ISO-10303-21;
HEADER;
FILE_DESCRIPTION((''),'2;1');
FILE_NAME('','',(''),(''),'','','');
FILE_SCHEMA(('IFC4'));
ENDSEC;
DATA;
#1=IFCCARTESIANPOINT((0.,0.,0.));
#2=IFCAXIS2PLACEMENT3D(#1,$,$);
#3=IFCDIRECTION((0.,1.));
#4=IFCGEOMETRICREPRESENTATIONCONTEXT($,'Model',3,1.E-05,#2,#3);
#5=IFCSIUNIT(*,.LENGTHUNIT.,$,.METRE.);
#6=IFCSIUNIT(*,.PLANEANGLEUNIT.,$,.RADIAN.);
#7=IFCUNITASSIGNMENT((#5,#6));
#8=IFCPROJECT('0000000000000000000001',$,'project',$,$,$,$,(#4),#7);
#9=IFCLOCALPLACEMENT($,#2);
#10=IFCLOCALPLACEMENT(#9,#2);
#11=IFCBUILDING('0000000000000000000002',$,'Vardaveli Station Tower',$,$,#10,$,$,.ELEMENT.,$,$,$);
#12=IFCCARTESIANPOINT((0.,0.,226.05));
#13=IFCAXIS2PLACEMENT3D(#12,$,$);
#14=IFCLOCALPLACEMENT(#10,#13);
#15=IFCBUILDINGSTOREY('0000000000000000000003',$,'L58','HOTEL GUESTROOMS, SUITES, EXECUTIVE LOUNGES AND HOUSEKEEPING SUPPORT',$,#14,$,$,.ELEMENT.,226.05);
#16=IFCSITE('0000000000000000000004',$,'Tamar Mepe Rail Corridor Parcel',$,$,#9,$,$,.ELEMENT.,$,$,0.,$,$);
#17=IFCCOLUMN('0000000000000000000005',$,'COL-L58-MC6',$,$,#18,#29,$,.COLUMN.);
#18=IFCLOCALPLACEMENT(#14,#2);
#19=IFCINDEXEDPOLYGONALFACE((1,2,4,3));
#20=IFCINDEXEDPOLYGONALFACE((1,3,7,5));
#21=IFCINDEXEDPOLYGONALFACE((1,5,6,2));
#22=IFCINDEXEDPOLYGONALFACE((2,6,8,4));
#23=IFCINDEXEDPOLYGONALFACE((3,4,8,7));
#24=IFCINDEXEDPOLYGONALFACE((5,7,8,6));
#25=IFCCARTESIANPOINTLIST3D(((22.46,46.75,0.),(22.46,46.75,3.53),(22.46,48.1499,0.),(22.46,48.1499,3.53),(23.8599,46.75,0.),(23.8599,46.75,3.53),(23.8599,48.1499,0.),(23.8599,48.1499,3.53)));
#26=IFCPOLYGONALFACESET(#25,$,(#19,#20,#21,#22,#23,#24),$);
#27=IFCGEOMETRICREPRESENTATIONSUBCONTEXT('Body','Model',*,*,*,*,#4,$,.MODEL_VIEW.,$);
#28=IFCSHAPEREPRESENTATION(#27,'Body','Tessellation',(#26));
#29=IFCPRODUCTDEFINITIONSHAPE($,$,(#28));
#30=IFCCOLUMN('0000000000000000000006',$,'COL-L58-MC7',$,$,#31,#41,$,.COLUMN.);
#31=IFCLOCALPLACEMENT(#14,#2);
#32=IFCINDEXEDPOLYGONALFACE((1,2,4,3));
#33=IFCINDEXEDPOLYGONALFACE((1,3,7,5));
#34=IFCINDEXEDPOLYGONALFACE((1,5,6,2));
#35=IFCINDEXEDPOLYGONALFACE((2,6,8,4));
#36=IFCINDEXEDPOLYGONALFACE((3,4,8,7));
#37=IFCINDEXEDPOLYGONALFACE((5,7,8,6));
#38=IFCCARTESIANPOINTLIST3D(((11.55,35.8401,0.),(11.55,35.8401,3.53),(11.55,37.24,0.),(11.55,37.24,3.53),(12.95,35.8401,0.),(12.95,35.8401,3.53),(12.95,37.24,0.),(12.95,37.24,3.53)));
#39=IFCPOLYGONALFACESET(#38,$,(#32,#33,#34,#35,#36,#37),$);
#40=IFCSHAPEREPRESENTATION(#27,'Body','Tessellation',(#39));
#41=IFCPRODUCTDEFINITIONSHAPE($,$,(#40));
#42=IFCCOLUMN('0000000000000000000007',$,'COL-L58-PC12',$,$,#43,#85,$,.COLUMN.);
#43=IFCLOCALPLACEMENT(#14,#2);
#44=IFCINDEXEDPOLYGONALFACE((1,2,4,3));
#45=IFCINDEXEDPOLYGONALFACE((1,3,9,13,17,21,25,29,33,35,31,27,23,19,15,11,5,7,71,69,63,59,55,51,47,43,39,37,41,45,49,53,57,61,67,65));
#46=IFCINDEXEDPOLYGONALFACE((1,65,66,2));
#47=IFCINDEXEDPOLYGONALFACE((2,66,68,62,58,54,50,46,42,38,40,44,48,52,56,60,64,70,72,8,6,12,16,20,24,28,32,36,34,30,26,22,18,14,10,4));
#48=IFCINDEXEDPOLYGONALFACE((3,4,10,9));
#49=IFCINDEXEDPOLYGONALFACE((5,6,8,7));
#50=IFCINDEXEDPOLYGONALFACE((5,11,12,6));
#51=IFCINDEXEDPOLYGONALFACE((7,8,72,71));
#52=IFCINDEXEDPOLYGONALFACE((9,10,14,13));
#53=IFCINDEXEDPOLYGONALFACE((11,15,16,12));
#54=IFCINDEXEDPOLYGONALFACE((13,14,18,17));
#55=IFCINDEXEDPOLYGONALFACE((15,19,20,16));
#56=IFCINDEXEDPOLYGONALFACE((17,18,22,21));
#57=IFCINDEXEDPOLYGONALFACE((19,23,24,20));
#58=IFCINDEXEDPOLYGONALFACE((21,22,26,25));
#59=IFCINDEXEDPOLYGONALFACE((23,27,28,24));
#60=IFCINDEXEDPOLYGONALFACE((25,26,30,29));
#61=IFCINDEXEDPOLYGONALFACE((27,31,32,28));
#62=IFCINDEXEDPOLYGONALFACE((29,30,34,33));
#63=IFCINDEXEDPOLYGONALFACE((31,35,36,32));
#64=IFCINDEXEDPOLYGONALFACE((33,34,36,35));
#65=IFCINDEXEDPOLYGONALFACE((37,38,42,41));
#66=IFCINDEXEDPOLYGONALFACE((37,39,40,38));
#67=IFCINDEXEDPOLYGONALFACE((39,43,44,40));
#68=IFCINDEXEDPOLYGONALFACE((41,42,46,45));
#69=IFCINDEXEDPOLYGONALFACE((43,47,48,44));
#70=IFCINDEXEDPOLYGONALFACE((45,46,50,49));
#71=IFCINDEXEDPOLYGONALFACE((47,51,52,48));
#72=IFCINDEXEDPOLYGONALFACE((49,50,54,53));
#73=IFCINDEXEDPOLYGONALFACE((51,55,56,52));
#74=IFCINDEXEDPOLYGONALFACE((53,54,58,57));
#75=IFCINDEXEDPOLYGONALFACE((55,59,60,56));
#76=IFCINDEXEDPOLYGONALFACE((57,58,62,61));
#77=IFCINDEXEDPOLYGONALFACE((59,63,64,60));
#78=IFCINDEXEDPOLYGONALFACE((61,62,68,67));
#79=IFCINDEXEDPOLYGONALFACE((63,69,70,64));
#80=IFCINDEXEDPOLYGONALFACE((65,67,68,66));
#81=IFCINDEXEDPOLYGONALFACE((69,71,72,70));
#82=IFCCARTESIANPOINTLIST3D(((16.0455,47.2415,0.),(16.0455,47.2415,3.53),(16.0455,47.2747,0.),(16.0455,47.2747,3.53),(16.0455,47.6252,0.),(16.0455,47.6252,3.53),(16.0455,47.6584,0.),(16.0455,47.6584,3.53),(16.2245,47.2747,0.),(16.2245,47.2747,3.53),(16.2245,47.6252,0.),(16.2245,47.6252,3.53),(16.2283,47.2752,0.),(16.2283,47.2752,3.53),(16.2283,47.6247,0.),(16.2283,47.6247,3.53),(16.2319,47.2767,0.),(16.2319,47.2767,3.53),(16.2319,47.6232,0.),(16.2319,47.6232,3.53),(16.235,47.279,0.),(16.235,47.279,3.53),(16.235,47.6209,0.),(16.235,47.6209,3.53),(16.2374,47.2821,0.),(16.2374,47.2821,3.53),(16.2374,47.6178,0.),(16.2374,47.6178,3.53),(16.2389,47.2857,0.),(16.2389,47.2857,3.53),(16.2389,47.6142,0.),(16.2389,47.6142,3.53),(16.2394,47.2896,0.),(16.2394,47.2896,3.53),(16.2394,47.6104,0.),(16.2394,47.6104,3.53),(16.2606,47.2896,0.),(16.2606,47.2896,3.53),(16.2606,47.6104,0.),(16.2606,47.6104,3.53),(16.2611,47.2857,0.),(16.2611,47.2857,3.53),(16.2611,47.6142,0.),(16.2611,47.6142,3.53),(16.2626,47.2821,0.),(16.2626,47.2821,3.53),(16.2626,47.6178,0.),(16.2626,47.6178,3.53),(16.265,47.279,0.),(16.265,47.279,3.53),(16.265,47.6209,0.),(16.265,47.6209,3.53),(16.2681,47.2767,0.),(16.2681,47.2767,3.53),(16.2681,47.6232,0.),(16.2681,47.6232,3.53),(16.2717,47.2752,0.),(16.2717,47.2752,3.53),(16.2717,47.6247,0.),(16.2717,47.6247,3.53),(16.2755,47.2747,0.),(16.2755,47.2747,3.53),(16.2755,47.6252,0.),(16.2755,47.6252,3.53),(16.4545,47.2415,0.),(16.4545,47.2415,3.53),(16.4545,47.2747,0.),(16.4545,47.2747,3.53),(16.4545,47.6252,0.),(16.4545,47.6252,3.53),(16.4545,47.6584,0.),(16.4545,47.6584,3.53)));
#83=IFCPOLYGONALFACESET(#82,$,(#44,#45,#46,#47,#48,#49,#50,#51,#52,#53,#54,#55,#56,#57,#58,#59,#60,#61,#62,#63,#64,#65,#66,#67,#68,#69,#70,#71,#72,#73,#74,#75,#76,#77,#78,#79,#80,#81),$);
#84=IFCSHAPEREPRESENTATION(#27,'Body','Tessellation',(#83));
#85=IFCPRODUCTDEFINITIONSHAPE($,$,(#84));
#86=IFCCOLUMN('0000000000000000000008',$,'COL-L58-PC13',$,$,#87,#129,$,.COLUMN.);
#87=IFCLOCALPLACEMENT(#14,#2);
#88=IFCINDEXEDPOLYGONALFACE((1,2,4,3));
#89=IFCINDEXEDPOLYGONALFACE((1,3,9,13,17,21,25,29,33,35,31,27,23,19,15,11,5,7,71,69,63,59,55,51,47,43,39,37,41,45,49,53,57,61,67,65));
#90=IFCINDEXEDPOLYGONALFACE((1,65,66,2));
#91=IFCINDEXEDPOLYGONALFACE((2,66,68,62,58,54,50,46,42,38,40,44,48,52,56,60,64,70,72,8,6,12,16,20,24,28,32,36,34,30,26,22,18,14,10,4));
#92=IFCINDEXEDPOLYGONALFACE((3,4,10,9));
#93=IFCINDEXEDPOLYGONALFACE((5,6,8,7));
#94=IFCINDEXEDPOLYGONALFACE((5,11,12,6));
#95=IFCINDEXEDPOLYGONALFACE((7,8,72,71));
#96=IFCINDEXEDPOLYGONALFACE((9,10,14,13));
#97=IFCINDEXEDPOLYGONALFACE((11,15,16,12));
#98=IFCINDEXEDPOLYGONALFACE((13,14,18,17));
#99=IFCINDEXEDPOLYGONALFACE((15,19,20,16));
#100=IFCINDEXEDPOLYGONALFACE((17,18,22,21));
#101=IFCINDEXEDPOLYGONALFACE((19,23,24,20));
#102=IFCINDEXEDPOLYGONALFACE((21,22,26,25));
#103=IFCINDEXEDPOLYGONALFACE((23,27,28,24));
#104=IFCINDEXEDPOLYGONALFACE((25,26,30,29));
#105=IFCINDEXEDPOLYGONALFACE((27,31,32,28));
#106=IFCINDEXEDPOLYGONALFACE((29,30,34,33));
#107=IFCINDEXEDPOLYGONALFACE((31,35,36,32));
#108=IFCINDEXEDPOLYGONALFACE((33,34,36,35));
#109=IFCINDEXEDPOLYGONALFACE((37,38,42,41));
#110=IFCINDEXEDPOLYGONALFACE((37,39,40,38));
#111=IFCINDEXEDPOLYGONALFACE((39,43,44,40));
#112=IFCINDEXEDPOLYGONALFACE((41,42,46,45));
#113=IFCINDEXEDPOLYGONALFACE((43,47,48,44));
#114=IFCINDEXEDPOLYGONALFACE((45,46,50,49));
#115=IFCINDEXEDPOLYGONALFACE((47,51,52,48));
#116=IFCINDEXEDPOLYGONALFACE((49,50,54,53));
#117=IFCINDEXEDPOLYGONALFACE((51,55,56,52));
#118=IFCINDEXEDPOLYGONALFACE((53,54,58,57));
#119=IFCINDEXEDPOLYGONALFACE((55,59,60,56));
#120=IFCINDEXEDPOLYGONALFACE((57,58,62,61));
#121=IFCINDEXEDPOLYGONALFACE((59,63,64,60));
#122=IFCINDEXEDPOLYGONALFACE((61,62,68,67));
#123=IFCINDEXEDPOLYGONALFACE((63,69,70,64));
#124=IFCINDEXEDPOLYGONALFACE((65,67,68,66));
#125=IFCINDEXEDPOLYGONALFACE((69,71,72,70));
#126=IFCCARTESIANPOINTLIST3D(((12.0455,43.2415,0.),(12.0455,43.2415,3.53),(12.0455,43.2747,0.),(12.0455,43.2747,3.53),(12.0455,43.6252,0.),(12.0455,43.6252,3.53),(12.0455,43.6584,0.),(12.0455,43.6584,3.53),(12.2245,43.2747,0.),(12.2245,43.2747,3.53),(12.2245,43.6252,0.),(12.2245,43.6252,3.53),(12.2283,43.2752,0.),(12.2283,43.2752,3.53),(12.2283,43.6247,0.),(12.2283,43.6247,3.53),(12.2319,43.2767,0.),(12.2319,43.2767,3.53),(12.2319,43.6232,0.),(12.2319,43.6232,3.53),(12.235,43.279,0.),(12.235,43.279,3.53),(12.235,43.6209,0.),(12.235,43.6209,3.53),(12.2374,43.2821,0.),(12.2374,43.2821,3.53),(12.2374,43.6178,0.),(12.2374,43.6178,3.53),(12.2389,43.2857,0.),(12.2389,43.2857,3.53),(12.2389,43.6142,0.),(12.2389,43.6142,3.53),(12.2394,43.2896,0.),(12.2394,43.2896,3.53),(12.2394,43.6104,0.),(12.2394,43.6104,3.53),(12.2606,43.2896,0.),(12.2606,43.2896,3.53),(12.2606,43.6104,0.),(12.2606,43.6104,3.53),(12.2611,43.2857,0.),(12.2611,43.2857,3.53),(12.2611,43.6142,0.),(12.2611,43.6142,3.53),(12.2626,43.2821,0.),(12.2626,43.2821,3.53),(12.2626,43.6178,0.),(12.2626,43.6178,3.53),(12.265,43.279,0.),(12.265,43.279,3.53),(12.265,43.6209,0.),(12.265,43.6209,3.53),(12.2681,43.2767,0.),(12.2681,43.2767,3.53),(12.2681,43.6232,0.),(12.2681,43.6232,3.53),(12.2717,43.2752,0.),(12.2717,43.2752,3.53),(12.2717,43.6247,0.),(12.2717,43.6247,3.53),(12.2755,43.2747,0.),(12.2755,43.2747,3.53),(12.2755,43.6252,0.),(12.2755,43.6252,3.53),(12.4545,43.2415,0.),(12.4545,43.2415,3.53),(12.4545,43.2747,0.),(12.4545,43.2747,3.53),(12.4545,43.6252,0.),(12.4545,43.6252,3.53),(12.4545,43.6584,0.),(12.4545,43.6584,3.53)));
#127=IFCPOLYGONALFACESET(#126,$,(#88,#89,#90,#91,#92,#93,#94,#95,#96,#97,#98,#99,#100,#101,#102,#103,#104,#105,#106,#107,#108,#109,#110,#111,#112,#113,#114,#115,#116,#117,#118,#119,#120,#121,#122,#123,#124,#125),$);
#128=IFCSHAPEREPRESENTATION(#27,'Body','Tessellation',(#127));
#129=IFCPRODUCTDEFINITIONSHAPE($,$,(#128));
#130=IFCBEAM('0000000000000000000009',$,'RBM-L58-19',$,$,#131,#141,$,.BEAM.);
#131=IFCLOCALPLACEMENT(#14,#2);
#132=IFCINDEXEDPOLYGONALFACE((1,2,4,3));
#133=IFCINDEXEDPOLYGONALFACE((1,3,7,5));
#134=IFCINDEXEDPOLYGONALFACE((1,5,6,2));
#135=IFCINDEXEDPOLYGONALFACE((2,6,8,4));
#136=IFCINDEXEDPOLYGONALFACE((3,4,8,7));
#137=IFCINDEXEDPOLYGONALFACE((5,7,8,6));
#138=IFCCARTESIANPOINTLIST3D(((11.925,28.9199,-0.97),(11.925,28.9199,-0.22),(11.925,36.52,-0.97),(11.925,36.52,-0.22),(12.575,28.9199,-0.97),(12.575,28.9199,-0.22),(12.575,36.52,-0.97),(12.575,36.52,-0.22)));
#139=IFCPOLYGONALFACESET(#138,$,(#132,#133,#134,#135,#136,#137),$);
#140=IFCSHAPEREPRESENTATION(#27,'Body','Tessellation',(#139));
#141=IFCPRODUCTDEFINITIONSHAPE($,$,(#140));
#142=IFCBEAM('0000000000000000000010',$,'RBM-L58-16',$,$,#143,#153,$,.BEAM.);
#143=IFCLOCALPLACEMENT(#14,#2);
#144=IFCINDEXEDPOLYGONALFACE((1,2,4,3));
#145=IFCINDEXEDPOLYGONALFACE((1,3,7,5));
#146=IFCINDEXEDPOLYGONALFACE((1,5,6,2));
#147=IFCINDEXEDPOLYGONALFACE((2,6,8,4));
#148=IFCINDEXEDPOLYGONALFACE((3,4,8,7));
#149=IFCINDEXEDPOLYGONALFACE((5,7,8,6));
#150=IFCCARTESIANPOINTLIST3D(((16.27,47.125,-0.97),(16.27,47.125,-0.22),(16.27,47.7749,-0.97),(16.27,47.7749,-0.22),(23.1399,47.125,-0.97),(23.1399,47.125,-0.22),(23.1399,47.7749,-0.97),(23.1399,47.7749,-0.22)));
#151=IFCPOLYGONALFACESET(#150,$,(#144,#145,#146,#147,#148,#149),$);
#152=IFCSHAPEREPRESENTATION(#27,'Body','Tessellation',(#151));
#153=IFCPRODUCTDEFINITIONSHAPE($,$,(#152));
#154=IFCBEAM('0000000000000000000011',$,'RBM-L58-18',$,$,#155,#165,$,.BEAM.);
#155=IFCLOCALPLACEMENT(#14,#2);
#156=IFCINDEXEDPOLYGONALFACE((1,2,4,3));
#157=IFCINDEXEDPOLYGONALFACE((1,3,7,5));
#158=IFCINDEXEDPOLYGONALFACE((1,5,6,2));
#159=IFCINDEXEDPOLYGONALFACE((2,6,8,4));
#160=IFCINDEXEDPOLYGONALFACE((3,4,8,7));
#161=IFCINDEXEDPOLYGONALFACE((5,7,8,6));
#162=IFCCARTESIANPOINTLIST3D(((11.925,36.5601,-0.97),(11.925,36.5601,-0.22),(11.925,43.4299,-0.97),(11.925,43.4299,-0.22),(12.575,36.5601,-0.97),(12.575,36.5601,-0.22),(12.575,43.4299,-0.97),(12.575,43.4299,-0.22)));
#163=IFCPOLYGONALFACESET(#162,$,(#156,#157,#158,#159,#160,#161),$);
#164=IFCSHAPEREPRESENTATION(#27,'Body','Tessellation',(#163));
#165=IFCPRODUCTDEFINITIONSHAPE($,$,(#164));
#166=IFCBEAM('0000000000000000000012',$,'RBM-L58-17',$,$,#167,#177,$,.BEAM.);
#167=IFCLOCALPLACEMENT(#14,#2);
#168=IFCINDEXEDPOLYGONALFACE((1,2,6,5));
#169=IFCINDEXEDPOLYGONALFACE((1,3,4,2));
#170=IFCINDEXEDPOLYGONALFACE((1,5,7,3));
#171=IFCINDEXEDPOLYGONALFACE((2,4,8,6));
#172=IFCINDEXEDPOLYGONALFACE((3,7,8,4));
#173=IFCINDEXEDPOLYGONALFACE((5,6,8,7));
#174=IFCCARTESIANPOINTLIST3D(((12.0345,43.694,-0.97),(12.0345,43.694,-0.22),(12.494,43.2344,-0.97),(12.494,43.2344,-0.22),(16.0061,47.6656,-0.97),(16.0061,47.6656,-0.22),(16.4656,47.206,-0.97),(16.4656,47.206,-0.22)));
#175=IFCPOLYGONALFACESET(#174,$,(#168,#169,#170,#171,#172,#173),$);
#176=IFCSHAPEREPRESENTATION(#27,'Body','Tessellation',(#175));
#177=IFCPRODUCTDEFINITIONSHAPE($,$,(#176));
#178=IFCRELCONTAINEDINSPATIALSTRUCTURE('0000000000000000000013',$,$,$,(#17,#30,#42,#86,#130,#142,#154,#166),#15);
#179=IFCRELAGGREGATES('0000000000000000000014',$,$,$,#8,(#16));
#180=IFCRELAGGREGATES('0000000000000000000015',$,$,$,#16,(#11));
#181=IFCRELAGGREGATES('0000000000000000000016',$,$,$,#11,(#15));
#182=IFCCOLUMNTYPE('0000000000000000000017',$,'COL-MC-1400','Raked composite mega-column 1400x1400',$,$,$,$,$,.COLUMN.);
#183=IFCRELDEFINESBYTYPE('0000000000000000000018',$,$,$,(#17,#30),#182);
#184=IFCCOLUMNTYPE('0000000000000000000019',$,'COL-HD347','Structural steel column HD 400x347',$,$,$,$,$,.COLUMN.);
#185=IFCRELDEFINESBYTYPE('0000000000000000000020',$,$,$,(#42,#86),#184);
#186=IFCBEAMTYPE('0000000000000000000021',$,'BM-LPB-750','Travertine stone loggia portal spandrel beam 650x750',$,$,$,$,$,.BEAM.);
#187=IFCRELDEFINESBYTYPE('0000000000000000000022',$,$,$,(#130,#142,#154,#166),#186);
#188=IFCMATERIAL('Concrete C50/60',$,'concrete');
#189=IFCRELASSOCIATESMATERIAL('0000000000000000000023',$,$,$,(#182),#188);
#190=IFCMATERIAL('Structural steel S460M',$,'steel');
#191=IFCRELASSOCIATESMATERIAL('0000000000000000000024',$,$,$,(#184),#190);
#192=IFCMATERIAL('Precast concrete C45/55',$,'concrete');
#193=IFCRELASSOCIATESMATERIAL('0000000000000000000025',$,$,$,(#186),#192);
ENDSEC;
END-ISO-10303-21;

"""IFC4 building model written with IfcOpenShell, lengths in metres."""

from ifc_helpers import new_model, si_unit, direction, frame, origin, origin_2d, place, context, subcontext, project, spatial, rectangle, i_section, extrude, source, transform, mapped, material, material_profile, profile_set, type_object, element, save


model = new_model("IFC4")

# Units and contexts
model_context = context("Model", 3, precision=1e-05, world=origin(), true_north=direction((0.0, 1.0)))
body_context = subcontext(model_context, "Body", "Model", "MODEL_VIEW")
ifc_project = project(units=[si_unit("LENGTHUNIT", "METRE"), si_unit("PLANEANGLEUNIT", "RADIAN")], contexts=[model_context])

# Site, building, storey
site_placement = place(None, origin())
site = spatial("IfcSite", under=ifc_project, at=site_placement, Name="Tamar Mepe Rail Corridor Parcel", CompositionType="ELEMENT", RefElevation=0.0)
building_placement = place(site_placement, origin())
building = spatial("IfcBuilding", under=site, at=building_placement, Name="Vardaveli Station Tower", CompositionType="ELEMENT")
storey_placement = place(building_placement, frame((0.0, 0.0, 226.05)))
storey = spatial("IfcBuildingStorey", under=building, at=storey_placement, Name="L58", Description="HOTEL GUESTROOMS, SUITES, EXECUTIVE LOUNGES AND HOUSEKEEPING SUPPORT", CompositionType="ELEMENT", Elevation=226.05)

# Columns
ifc_material_1 = material(Name="Concrete C50/60", Category="concrete")
ifc_material_profile_1 = material_profile(ifc_material_1, rectangle(XDim=1.3999, YDim=1.3999, at=origin_2d()), Name="MC 1400x1400")
ifc_profile_set_1 = profile_set([ifc_material_profile_1], Name="Concrete C50/60")
column_type_1 = type_object("IfcColumnType", Name="COL-MC-1400", Description="Raked composite mega-column 1400x1400", PredefinedType="COLUMN", material=ifc_profile_set_1)
shared_shape_1 = source(origin(), body_context, "Body", "SweptSolid", [
    extrude(rectangle(XDim=1.3999, YDim=1.3999, at=origin_2d()), origin(), (0.0, 0.0, 1.0), 3.53),
])
for number, where, z_axis, x_axis, name in (
    (1, (23.1599, 47.45, 0.0), (0.0, 0.0, 1.0), (1.0, 0.0, 0.0), "COL-L58-MC6"),
    (2, (12.25, 36.54, 0.0), (0.0, 0.0, 1.0), (1.0, 0.0, 0.0), "COL-L58-MC7"),
):
    element("IfcColumn", number, at=place(storey_placement, frame(where, z_axis=z_axis, x_axis=x_axis)), inside=storey, type_object=column_type_1, Name=name, PredefinedType="COLUMN", context=body_context, shape_type="MappedRepresentation", body=[
        mapped(shared_shape_1, transform((0.0, 0.0, 0.0), scale=1.0)),
    ])
ifc_material_2 = material(Name="Structural steel S460M", Category="steel")
ifc_material_profile_2 = material_profile(ifc_material_2, i_section(OverallWidth=0.4089, OverallDepth=0.417, WebThickness=0.0212, FlangeThickness=0.0332, FilletRadius=0.0149, at=origin_2d()), Name="HD 400x347")
ifc_profile_set_2 = profile_set([ifc_material_profile_2], Name="Structural steel S460M")
column_type_2 = type_object("IfcColumnType", Name="COL-HD347", Description="Structural steel column HD 400x347", PredefinedType="COLUMN", material=ifc_profile_set_2)
shared_shape_2 = source(origin(), body_context, "Body", "SweptSolid", [
    extrude(i_section(OverallWidth=0.4089, OverallDepth=0.417, WebThickness=0.0212, FlangeThickness=0.0332, FilletRadius=0.0149, at=origin_2d()), origin(), (0.0, 0.0, 1.0), 3.53),
])
for number, where, z_axis, x_axis, name in (
    (3, (16.25, 47.45, 0.0), (0.0, 0.0, 1.0), (1.0, 0.0, 0.0), "COL-L58-PC12"),
    (4, (12.25, 43.45, 0.0), (0.0, 0.0, 1.0), (1.0, 0.0, 0.0), "COL-L58-PC13"),
):
    element("IfcColumn", number, at=place(storey_placement, frame(where, z_axis=z_axis, x_axis=x_axis)), inside=storey, type_object=column_type_2, Name=name, PredefinedType="COLUMN", context=body_context, shape_type="MappedRepresentation", body=[
        mapped(shared_shape_2, transform((0.0, 0.0, 0.0), scale=1.0)),
    ])

# Beams
ifc_material_3 = material(Name="Precast concrete C45/55", Category="concrete")
ifc_material_profile_3 = material_profile(ifc_material_3, rectangle(XDim=0.6499, YDim=0.75, at=origin_2d()), Name="LPB 650x750")
ifc_profile_set_3 = profile_set([ifc_material_profile_3], Name="Precast concrete C45/55")
beam_type_1 = type_object("IfcBeamType", Name="BM-LPB-750", Description="Travertine stone loggia portal spandrel beam 650x750", PredefinedType="BEAM", material=ifc_profile_set_3)
shared_shape_3 = source(origin(), body_context, "Body", "SweptSolid", [
    extrude(rectangle(XDim=0.6499, YDim=0.75, at=origin_2d()), origin(), (0.0, 0.0, 1.0), 7.6001),
])
beam_1_placement = place(storey_placement, frame((12.25, 36.52, -0.595), z_axis=(0.0, -1.0, 0.0), x_axis=(1.0, 0.0, 0.0)))
element("IfcBeam", 5, at=beam_1_placement, inside=storey, type_object=beam_type_1, Name="RBM-L58-19", PredefinedType="BEAM", context=body_context, shape_type="MappedRepresentation", body=[
    mapped(shared_shape_3, transform((0.0, 0.0, 0.0), scale=1.0)),
])
shared_shape_4 = source(origin(), body_context, "Body", "SweptSolid", [
    extrude(rectangle(XDim=0.6499, YDim=0.75, at=origin_2d()), origin(), (0.0, 0.0, 1.0), 6.8699),
])
for number, where, z_axis, x_axis, name in (
    (6, (23.1399, 47.45, -0.595), (-1.0, 0.0, 0.0), (0.0, -1.0, 0.0), "RBM-L58-16"),
    (7, (12.25, 43.4299, -0.595), (0.0, -1.0, 0.0), (1.0, 0.0, 0.0), "RBM-L58-18"),
):
    element("IfcBeam", number, at=place(storey_placement, frame(where, z_axis=z_axis, x_axis=x_axis)), inside=storey, type_object=beam_type_1, Name=name, PredefinedType="BEAM", context=body_context, shape_type="MappedRepresentation", body=[
        mapped(shared_shape_4, transform((0.0, 0.0, 0.0), scale=1.0)),
    ])
shared_shape_5 = source(origin(), body_context, "Body", "SweptSolid", [
    extrude(rectangle(XDim=0.6499, YDim=0.75, at=origin_2d()), origin(), (0.0, 0.0, 1.0), 5.6167),
])
beam_2_placement = place(storey_placement, frame((16.2358, 47.4358, -0.595), z_axis=(-0.707107, -0.707107, 0.0), x_axis=(0.707107, -0.707107, 0.0)))
element("IfcBeam", 8, at=beam_2_placement, inside=storey, type_object=beam_type_1, Name="RBM-L58-17", PredefinedType="BEAM", context=body_context, shape_type="MappedRepresentation", body=[
    mapped(shared_shape_5, transform((0.0, 0.0, 0.0), scale=1.0)),
])

save(model, "model.ifc")
